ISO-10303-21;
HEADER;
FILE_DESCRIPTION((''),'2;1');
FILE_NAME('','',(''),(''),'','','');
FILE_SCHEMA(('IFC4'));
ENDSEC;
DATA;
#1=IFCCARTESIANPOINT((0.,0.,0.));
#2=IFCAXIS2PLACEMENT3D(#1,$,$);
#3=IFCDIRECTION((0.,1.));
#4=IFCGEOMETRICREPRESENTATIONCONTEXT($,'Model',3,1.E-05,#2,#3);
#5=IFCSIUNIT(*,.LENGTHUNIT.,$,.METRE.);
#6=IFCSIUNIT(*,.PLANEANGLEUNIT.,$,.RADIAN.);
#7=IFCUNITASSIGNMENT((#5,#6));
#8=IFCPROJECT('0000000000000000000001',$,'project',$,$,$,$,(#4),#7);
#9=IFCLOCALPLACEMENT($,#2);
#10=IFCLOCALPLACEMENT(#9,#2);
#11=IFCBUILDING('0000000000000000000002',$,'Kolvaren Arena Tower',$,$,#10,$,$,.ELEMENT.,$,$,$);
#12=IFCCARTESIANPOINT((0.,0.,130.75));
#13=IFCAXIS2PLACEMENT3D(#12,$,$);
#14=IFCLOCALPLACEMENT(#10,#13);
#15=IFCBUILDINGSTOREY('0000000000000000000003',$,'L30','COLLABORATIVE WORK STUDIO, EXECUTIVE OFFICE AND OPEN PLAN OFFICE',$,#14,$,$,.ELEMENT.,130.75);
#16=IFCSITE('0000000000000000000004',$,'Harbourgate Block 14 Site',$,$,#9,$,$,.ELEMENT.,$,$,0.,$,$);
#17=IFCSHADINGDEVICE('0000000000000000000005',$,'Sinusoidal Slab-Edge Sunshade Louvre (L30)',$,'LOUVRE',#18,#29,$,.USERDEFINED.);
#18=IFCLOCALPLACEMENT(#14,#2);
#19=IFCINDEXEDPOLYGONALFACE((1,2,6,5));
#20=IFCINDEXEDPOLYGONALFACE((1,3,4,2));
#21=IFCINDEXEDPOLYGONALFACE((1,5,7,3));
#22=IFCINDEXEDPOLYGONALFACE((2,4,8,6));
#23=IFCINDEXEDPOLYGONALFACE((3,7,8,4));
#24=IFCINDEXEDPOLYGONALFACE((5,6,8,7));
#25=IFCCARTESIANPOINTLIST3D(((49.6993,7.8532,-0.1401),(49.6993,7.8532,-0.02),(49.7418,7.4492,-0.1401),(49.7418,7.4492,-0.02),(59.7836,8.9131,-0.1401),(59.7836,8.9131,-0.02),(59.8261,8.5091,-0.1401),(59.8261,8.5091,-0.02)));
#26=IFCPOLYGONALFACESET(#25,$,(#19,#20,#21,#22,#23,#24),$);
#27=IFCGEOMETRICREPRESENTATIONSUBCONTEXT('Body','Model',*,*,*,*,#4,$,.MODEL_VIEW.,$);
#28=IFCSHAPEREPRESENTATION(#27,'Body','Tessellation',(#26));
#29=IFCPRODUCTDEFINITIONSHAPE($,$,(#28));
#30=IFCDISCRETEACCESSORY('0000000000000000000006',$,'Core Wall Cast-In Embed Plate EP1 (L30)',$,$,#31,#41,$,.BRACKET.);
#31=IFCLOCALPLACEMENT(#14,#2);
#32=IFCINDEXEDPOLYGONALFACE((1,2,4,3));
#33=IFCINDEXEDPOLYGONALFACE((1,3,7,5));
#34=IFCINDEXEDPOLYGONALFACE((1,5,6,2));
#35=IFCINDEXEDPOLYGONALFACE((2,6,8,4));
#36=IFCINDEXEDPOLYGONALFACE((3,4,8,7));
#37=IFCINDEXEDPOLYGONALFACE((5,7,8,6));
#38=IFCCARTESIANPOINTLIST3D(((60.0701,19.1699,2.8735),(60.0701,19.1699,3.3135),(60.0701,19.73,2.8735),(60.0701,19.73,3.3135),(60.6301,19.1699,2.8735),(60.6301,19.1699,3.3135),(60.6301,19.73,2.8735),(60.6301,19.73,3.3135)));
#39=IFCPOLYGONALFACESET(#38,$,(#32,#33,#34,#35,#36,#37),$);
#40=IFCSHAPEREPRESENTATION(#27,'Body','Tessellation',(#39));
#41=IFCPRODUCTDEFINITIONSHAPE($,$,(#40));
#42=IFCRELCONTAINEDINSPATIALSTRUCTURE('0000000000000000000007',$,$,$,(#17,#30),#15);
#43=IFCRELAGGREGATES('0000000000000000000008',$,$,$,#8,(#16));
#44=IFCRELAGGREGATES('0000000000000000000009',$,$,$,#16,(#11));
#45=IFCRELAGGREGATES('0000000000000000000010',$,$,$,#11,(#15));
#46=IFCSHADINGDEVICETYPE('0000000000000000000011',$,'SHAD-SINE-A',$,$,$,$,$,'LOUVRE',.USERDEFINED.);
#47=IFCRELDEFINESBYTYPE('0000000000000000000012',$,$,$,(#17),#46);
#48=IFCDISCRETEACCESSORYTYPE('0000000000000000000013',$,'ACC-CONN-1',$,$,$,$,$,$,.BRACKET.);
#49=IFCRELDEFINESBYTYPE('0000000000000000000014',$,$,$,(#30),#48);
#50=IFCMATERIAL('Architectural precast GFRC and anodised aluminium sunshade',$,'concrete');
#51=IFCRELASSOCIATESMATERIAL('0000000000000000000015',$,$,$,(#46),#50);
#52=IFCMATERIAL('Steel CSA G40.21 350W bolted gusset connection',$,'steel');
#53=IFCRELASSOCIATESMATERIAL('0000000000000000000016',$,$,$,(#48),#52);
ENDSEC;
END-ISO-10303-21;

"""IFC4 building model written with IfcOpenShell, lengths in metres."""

from ifc_helpers import new_model, si_unit, direction, frame, origin, origin_2d, place, context, subcontext, project, spatial, rectangle, extrude, material, type_object, element, save


model = new_model("IFC4")

# Units and contexts
model_context = context("Model", 3, precision=1e-05, world=origin(), true_north=direction((0.0, 1.0)))
body_context = subcontext(model_context, "Body", "Model", "MODEL_VIEW")
ifc_project = project(units=[si_unit("LENGTHUNIT", "METRE"), si_unit("PLANEANGLEUNIT", "RADIAN")], contexts=[model_context])

# Site, building, storey
site_placement = place(None, origin())
site = spatial("IfcSite", under=ifc_project, at=site_placement, Name="Harbourgate Block 14 Site", CompositionType="ELEMENT", RefElevation=0.0)
building_placement = place(site_placement, origin())
building = spatial("IfcBuilding", under=site, at=building_placement, Name="Kolvaren Arena Tower", CompositionType="ELEMENT")
storey_placement = place(building_placement, frame((0.0, 0.0, 130.75)))
storey = spatial("IfcBuildingStorey", under=building, at=storey_placement, Name="L30", Description="COLLABORATIVE WORK STUDIO, EXECUTIVE OFFICE AND OPEN PLAN OFFICE", CompositionType="ELEMENT", Elevation=130.75)

# Shading device
ifc_material_1 = material(Name="Architectural precast GFRC and anodised aluminium sunshade", Category="concrete")
shading_device_type = type_object("IfcShadingDeviceType", Name="SHAD-SINE-A", ElementType="LOUVRE", PredefinedType="USERDEFINED", material=ifc_material_1)
shading_device_placement = place(storey_placement, frame((54.7627, 8.1812, -0.1401), z_axis=(0.0, 0.0, 1.0), x_axis=(-0.994522, -0.104527, 0.0)))
element("IfcShadingDevice", 1, at=shading_device_placement, inside=storey, type_object=shading_device_type, Name="Sinusoidal Slab-Edge Sunshade Louvre (L30)", ObjectType="LOUVRE", PredefinedType="USERDEFINED", context=body_context, shape_type="SweptSolid", body=[
    extrude(rectangle(XDim=10.1399, YDim=0.4062, at=origin_2d()), origin(), (0.0, 0.0, 1.0), 0.1201),
])

# Discrete accessory
ifc_material_2 = material(Name="Steel CSA G40.21 350W bolted gusset connection", Category="steel")
discrete_accessory_type = type_object("IfcDiscreteAccessoryType", Name="ACC-CONN-1", PredefinedType="BRACKET", material=ifc_material_2)
discrete_accessory_placement = place(storey_placement, frame((60.3501, 19.45, 2.8735), z_axis=(0.0, 0.0, 1.0), x_axis=(1.0, 0.0, 0.0)))
element("IfcDiscreteAccessory", 2, at=discrete_accessory_placement, inside=storey, type_object=discrete_accessory_type, Name="Core Wall Cast-In Embed Plate EP1 (L30)", PredefinedType="BRACKET", context=body_context, shape_type="SweptSolid", body=[
    extrude(rectangle(XDim=0.5601, YDim=0.5601, at=origin_2d()), origin(), (0.0, 0.0, 1.0), 0.4399),
])

save(model, "model.ifc")
